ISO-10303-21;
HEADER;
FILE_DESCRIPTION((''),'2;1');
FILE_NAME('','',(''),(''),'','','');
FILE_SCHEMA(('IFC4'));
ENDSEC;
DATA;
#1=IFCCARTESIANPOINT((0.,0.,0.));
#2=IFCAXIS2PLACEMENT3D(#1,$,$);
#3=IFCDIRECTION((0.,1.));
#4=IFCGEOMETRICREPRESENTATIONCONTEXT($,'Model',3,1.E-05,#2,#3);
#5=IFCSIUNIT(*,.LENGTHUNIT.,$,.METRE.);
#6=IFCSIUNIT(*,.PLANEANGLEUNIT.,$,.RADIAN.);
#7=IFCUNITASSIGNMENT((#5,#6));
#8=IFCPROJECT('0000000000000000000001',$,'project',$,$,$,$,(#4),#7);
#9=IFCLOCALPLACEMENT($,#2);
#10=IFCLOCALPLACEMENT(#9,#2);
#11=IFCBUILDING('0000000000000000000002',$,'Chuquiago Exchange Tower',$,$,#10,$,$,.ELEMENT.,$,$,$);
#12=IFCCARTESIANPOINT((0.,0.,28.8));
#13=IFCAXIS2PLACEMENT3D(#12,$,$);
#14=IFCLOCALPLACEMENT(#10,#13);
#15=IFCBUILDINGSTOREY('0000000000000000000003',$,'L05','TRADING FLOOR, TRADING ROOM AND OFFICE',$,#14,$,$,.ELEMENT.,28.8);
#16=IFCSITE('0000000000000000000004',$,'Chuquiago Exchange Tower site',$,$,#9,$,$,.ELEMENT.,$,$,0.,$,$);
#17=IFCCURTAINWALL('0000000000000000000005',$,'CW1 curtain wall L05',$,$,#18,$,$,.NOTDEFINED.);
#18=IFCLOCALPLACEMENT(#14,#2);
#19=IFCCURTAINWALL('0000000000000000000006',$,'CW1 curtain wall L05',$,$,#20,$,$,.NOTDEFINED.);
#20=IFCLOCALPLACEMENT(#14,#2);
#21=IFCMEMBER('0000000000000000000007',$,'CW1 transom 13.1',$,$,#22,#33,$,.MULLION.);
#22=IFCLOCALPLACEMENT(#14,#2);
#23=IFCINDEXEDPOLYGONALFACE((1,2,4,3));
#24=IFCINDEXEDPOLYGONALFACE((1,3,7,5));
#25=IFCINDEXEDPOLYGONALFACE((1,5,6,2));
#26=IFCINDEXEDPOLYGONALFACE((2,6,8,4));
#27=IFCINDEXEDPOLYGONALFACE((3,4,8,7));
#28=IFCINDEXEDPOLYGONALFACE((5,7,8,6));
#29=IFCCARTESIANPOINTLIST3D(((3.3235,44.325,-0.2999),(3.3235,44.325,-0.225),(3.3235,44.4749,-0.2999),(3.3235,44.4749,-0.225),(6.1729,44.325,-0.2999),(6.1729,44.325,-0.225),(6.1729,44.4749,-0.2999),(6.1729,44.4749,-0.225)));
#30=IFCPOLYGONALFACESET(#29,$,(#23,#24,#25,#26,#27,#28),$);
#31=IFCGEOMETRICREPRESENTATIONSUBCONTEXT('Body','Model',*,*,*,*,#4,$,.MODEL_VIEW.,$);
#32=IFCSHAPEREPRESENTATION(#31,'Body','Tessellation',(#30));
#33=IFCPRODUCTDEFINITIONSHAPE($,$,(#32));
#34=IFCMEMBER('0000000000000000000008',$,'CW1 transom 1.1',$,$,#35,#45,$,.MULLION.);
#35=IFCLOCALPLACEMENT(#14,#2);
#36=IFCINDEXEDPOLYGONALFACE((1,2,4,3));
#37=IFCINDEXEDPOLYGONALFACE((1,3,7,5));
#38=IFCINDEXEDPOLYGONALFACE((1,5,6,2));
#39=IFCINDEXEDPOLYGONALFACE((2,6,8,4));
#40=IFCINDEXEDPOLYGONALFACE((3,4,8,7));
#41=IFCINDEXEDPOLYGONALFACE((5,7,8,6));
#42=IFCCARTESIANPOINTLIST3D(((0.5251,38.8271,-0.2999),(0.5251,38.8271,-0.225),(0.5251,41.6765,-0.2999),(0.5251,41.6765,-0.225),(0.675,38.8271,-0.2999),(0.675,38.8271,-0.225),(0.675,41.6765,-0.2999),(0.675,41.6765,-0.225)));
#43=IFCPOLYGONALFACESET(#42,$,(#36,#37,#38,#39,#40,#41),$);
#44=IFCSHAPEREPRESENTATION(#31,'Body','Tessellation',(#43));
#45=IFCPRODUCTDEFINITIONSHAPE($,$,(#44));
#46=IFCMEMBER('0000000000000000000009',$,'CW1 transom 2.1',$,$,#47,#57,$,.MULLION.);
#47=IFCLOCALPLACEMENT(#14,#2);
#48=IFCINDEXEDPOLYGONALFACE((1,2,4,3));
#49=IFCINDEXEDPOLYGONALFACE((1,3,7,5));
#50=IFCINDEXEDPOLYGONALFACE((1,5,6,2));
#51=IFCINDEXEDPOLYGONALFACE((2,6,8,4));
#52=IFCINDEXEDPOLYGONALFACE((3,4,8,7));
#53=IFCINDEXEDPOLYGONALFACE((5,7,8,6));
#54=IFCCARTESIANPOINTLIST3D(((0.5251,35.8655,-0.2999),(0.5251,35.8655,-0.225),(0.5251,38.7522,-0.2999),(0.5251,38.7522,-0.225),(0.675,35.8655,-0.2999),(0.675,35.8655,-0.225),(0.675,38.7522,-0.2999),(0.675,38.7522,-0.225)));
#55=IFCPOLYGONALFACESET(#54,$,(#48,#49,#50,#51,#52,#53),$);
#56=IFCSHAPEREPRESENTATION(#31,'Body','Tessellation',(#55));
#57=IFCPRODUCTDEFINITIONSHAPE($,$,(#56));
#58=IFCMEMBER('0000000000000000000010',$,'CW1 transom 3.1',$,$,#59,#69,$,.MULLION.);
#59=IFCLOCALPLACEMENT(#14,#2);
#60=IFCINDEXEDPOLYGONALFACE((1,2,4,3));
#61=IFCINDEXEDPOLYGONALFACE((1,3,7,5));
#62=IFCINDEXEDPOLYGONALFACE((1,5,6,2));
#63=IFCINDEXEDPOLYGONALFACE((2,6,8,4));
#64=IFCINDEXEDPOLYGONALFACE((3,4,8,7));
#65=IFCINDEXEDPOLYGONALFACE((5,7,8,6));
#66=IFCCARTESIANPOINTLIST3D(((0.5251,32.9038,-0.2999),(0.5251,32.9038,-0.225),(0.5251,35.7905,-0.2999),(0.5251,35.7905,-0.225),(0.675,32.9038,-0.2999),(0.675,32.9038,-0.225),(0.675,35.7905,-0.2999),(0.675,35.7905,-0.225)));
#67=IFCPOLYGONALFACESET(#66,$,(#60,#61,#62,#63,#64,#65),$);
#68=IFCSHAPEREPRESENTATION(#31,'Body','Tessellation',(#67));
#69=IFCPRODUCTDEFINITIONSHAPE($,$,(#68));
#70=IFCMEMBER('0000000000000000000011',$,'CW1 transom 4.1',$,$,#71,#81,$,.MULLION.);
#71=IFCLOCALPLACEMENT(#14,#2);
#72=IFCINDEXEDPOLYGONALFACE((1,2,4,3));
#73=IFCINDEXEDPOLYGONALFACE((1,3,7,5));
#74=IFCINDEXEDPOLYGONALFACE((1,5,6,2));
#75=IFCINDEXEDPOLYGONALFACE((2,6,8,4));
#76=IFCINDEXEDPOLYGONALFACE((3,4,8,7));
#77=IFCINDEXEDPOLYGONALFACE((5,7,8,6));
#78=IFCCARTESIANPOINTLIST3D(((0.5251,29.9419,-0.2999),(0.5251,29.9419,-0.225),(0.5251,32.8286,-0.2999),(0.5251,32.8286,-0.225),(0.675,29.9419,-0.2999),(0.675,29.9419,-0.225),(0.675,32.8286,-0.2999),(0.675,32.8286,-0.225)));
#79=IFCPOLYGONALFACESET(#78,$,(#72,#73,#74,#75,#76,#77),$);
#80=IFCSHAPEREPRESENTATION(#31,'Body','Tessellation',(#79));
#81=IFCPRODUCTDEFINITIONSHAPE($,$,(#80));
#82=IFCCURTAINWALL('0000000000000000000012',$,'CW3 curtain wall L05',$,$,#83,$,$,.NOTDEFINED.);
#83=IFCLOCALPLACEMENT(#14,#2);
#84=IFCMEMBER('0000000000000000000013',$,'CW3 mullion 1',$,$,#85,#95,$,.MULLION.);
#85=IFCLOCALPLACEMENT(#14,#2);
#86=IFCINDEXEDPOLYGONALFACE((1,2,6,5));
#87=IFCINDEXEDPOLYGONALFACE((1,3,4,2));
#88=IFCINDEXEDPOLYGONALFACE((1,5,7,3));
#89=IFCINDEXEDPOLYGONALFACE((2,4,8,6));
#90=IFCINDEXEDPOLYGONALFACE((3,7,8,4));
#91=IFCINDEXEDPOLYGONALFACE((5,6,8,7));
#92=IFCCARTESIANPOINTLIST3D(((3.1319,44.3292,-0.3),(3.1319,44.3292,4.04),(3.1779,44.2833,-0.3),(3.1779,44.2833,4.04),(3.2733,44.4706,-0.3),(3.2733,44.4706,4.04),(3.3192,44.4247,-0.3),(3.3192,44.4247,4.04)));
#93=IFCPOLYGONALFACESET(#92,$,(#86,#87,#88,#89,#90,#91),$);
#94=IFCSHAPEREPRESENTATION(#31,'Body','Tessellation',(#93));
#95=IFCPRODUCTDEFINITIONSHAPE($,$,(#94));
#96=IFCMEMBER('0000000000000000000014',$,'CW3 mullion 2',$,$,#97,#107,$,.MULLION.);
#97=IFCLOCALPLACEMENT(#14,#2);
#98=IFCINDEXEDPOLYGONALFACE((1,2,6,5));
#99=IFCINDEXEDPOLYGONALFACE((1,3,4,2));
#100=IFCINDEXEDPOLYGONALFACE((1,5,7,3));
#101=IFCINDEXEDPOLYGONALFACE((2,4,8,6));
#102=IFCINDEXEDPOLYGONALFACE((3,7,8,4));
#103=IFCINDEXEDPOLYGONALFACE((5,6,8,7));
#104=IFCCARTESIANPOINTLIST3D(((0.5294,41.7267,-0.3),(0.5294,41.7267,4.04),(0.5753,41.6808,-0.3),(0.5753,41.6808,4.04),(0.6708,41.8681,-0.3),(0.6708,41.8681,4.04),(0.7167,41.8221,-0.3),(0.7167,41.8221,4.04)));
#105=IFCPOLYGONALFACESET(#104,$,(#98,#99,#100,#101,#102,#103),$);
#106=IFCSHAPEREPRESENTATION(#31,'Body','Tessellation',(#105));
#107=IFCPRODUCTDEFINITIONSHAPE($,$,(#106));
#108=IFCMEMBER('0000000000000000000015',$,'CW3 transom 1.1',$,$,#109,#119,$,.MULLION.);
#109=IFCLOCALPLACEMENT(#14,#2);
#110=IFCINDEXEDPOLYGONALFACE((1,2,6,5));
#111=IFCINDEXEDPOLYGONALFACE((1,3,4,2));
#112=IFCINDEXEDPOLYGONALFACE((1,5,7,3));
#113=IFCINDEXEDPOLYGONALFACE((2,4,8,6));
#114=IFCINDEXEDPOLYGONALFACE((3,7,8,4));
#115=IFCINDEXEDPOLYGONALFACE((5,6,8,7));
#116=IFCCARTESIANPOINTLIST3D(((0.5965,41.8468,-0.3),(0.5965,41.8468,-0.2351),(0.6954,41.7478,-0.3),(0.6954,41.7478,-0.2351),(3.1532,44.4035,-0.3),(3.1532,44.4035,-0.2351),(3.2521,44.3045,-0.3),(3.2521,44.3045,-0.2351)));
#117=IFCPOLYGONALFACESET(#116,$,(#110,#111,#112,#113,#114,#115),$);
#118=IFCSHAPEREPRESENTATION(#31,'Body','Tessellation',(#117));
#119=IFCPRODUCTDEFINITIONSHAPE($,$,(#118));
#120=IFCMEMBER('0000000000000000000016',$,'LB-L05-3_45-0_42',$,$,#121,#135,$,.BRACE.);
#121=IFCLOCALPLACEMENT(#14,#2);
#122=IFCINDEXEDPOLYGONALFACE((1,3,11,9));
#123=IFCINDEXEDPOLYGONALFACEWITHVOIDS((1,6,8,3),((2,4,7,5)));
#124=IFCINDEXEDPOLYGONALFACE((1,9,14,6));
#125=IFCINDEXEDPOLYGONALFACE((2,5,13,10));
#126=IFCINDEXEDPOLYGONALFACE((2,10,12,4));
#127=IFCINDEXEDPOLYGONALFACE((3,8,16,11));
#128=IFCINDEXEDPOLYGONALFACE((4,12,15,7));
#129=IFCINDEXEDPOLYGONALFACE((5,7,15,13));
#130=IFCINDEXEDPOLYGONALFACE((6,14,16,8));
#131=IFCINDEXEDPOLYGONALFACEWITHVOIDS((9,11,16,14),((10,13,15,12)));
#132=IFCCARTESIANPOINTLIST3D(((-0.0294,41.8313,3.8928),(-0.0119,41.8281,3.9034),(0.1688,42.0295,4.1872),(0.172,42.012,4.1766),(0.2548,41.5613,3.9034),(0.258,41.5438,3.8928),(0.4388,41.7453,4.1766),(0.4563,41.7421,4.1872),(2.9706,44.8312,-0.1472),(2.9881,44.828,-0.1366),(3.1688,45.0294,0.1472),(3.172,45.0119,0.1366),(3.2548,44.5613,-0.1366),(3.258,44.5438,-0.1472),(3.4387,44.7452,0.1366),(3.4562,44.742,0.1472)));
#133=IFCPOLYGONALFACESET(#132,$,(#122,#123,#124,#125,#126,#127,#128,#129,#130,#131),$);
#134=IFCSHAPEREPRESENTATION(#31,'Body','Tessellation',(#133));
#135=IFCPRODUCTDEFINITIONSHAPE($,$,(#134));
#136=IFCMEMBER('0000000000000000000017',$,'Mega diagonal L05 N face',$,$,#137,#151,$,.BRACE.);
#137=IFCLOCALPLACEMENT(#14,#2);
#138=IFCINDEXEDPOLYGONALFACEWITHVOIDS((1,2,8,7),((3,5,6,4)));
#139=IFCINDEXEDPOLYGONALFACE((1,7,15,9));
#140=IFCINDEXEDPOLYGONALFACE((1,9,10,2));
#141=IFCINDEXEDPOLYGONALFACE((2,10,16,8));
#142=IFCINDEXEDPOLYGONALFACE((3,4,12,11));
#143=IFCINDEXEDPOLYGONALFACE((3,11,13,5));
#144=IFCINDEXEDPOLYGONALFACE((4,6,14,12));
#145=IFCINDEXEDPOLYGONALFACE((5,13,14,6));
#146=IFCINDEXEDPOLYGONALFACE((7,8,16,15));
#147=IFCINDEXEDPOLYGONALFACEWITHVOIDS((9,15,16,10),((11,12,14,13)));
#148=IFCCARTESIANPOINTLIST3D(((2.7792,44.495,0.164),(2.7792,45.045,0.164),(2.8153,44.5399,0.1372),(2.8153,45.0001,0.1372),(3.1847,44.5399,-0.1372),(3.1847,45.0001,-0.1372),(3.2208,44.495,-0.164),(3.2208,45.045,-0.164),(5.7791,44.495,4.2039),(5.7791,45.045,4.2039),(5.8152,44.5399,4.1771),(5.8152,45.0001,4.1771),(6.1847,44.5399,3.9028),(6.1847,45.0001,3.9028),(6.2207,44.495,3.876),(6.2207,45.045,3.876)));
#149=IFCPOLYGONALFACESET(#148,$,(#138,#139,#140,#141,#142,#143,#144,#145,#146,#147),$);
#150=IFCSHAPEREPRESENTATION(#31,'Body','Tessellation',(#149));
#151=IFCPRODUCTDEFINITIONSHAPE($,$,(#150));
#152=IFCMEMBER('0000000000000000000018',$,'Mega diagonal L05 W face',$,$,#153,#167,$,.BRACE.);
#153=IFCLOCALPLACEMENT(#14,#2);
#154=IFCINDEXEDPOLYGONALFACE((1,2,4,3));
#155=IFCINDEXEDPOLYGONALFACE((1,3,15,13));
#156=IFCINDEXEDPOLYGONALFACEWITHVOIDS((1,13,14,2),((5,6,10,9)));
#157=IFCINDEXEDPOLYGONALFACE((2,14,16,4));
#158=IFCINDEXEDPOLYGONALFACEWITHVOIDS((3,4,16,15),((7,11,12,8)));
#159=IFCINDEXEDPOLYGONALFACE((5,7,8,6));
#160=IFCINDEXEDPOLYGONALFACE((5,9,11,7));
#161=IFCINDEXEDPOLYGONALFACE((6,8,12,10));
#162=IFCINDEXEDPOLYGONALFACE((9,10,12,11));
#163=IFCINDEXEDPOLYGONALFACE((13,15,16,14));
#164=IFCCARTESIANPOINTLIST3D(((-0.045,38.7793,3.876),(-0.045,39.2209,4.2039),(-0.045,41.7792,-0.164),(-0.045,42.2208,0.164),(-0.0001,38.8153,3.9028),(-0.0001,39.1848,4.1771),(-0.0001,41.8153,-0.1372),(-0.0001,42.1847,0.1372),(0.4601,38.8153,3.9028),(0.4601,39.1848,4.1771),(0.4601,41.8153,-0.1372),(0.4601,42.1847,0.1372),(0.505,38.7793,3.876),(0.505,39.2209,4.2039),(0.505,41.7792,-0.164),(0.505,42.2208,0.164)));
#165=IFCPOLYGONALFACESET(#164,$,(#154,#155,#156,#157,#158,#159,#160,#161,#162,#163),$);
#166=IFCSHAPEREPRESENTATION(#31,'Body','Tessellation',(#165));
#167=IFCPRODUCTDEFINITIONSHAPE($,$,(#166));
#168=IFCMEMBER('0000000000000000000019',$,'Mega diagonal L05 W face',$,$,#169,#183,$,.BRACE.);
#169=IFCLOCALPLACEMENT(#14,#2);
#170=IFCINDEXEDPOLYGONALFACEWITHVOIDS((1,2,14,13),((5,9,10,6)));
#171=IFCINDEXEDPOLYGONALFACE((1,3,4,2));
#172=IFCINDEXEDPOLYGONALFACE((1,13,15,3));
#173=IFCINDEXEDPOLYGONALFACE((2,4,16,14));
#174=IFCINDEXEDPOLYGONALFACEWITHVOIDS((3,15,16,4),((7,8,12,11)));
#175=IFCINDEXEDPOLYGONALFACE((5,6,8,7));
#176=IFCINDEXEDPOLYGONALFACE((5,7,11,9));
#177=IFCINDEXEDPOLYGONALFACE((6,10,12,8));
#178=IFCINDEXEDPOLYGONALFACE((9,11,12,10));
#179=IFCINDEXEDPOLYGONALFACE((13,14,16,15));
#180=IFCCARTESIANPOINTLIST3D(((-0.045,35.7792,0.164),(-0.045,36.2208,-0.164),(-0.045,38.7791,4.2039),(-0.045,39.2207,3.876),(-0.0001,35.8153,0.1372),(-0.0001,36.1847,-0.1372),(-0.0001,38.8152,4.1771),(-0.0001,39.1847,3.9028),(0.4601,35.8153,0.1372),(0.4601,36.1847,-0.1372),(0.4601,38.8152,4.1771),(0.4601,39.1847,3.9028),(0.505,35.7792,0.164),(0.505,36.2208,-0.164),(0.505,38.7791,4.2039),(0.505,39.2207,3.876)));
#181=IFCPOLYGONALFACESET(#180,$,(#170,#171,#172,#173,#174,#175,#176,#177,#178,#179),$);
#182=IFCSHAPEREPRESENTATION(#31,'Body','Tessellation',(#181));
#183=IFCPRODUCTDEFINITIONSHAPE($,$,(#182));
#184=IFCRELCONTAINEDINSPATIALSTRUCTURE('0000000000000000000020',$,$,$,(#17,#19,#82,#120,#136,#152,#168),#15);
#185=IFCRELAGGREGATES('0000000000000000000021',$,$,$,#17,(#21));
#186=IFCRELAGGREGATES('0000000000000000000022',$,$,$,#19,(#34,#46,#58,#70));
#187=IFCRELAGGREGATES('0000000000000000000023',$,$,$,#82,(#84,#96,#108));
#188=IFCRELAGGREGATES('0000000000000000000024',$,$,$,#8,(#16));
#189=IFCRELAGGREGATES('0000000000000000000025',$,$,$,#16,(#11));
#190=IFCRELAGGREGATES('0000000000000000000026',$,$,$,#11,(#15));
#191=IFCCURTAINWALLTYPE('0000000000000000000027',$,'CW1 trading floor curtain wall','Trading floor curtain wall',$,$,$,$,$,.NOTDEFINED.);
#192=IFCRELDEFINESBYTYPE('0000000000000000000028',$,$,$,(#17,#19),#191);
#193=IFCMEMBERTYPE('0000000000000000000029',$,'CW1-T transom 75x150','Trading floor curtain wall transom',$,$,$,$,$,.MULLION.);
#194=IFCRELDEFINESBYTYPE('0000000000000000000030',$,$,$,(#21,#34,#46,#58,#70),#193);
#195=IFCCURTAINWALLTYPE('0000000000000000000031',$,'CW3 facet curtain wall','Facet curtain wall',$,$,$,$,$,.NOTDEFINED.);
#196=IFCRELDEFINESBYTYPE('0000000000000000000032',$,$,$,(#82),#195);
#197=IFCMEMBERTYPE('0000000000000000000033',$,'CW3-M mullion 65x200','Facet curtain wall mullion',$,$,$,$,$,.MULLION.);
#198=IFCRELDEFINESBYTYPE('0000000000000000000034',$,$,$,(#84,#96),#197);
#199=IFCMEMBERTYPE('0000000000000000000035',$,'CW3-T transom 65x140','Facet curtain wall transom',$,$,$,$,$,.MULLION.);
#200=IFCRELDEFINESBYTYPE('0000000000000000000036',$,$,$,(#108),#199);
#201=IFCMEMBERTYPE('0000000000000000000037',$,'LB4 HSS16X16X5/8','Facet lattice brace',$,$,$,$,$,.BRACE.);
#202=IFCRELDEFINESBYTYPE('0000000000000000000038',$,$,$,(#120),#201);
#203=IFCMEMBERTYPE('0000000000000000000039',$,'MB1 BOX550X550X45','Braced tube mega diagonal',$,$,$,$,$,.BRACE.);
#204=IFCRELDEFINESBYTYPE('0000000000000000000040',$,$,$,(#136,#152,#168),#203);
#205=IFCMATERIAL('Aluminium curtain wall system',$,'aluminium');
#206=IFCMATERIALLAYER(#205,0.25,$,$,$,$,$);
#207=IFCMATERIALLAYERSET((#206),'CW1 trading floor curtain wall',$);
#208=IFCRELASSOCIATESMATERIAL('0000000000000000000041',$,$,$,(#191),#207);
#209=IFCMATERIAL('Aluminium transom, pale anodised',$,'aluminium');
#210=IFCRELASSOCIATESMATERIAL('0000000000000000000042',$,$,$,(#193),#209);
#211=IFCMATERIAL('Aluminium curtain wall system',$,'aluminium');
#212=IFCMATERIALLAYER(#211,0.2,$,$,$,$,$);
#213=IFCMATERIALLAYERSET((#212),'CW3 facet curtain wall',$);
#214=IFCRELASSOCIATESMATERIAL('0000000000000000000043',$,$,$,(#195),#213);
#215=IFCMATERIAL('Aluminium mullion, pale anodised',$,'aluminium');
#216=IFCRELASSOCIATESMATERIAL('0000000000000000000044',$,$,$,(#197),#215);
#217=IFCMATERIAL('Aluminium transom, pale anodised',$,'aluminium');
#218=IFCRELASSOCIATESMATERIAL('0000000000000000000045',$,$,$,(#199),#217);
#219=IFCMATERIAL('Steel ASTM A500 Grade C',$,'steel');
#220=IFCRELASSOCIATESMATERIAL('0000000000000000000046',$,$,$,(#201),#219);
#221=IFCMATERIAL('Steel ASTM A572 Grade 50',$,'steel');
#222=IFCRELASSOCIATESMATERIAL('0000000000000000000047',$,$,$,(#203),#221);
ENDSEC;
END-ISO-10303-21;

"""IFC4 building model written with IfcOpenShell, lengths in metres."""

from ifc_helpers import new_model, si_unit, direction, frame, origin, origin_2d, place, context, subcontext, project, spatial, rectangle, hollow_rectangle, extrude, material, layer, layer_set, material_profile, profile_set, type_object, element, aggregate, save


model = new_model("IFC4")

# Units and contexts
model_context = context("Model", 3, precision=1e-05, world=origin(), true_north=direction((0.0, 1.0)))
body_context = subcontext(model_context, "Body", "Model", "MODEL_VIEW")
ifc_project = project(units=[si_unit("LENGTHUNIT", "METRE"), si_unit("PLANEANGLEUNIT", "RADIAN")], contexts=[model_context])

# Site, building, storey
site_placement = place(None, origin())
site = spatial("IfcSite", under=ifc_project, at=site_placement, Name="Chuquiago Exchange Tower site", CompositionType="ELEMENT", RefElevation=0.0)
building_placement = place(site_placement, origin())
building = spatial("IfcBuilding", under=site, at=building_placement, Name="Chuquiago Exchange Tower", CompositionType="ELEMENT")
storey_placement = place(building_placement, frame((0.0, 0.0, 28.8)))
storey = spatial("IfcBuildingStorey", under=building, at=storey_placement, Name="L05", Description="TRADING FLOOR, TRADING ROOM AND OFFICE", CompositionType="ELEMENT", Elevation=28.8)

# Curtain walls
ifc_material_1 = material(Name="Aluminium curtain wall system", Category="aluminium")
ifc_layer_1 = layer(ifc_material_1, 0.25)
ifc_layer_set_1 = layer_set([ifc_layer_1], Name="CW1 trading floor curtain wall")
curtain_wall_type_1 = type_object("IfcCurtainWallType", Name="CW1 trading floor curtain wall", Description="Trading floor curtain wall", PredefinedType="NOTDEFINED", material=ifc_layer_set_1)
curtain_wall_1_placement = place(storey_placement, origin())
curtain_wall_1 = element("IfcCurtainWall", 1, at=curtain_wall_1_placement, inside=storey, type_object=curtain_wall_type_1, Name="CW1 curtain wall L05", PredefinedType="NOTDEFINED")
curtain_wall_2_placement = place(storey_placement, origin())
curtain_wall_2 = element("IfcCurtainWall", 2, at=curtain_wall_2_placement, inside=storey, type_object=curtain_wall_type_1, Name="CW1 curtain wall L05", PredefinedType="NOTDEFINED")

# Members
ifc_material_2 = material(Name="Aluminium transom, pale anodised", Category="aluminium")
ifc_material_profile_1 = material_profile(ifc_material_2, rectangle(XDim=0.1499, YDim=0.075, at=origin_2d()), Name="AL 150x75")
ifc_profile_set_1 = profile_set([ifc_material_profile_1], Name="Aluminium transom, pale anodised")
member_type_1 = type_object("IfcMemberType", Name="CW1-T transom 75x150", Description="Trading floor curtain wall transom", PredefinedType="MULLION", material=ifc_profile_set_1)
member_1_placement = place(storey_placement, frame((6.1729, 44.3999, -0.2625), z_axis=(-1.0, 0.0, 0.0), x_axis=(0.0, -1.0, 0.0)))
member_1 = element("IfcMember", 3, at=member_1_placement, type_object=member_type_1, Name="CW1 transom 13.1", PredefinedType="MULLION", context=body_context, shape_type="SweptSolid", body=[
    extrude(rectangle(XDim=0.1499, YDim=0.075, at=origin_2d()), origin(), (0.0, 0.0, 1.0), 2.8494),
])
member_2_placement = place(storey_placement, frame((0.6001, 41.6765, -0.2625), z_axis=(0.0, -1.0, 0.0), x_axis=(1.0, 0.0, 0.0)))
member_2 = element("IfcMember", 4, at=member_2_placement, type_object=member_type_1, Name="CW1 transom 1.1", PredefinedType="MULLION", context=body_context, shape_type="SweptSolid", body=[
    extrude(rectangle(XDim=0.1499, YDim=0.075, at=origin_2d()), origin(), (0.0, 0.0, 1.0), 2.8494),
])
member_3_placement = place(storey_placement, frame((0.6001, 38.7522, -0.2625), z_axis=(0.0, -1.0, 0.0), x_axis=(1.0, 0.0, 0.0)))
member_3 = element("IfcMember", 5, at=member_3_placement, type_object=member_type_1, Name="CW1 transom 2.1", PredefinedType="MULLION", context=body_context, shape_type="SweptSolid", body=[
    extrude(rectangle(XDim=0.1499, YDim=0.075, at=origin_2d()), origin(), (0.0, 0.0, 1.0), 2.8867),
])
member_4_placement = place(storey_placement, frame((0.6001, 35.7905, -0.2625), z_axis=(0.0, -1.0, 0.0), x_axis=(1.0, 0.0, 0.0)))
member_4 = element("IfcMember", 6, at=member_4_placement, type_object=member_type_1, Name="CW1 transom 3.1", PredefinedType="MULLION", context=body_context, shape_type="SweptSolid", body=[
    extrude(rectangle(XDim=0.1499, YDim=0.075, at=origin_2d()), origin(), (0.0, 0.0, 1.0), 2.8867),
])
member_5_placement = place(storey_placement, frame((0.6001, 32.8286, -0.2625), z_axis=(0.0, -1.0, 0.0), x_axis=(1.0, 0.0, 0.0)))
member_5 = element("IfcMember", 7, at=member_5_placement, type_object=member_type_1, Name="CW1 transom 4.1", PredefinedType="MULLION", context=body_context, shape_type="SweptSolid", body=[
    extrude(rectangle(XDim=0.1499, YDim=0.075, at=origin_2d()), origin(), (0.0, 0.0, 1.0), 2.8867),
])

# Curtain wall, members
ifc_material_3 = material(Name="Aluminium curtain wall system", Category="aluminium")
ifc_layer_2 = layer(ifc_material_3, 0.2)
ifc_layer_set_2 = layer_set([ifc_layer_2], Name="CW3 facet curtain wall")
curtain_wall_type_2 = type_object("IfcCurtainWallType", Name="CW3 facet curtain wall", Description="Facet curtain wall", PredefinedType="NOTDEFINED", material=ifc_layer_set_2)
curtain_wall_3_placement = place(storey_placement, origin())
curtain_wall_3 = element("IfcCurtainWall", 8, at=curtain_wall_3_placement, inside=storey, type_object=curtain_wall_type_2, Name="CW3 curtain wall L05", PredefinedType="NOTDEFINED")
ifc_material_4 = material(Name="Aluminium mullion, pale anodised", Category="aluminium")
ifc_material_profile_2 = material_profile(ifc_material_4, rectangle(XDim=0.0649, YDim=0.2, at=origin_2d()), Name="AL 65x200")
ifc_profile_set_2 = profile_set([ifc_material_profile_2], Name="Aluminium mullion, pale anodised")
member_type_2 = type_object("IfcMemberType", Name="CW3-M mullion 65x200", Description="Facet curtain wall mullion", PredefinedType="MULLION", material=ifc_profile_set_2)
member_6_placement = place(storey_placement, frame((3.2256, 44.377, -0.3), z_axis=(0.0, 0.0, 1.0), x_axis=(0.707107, -0.707107, 0.0)))
member_6 = element("IfcMember", 9, at=member_6_placement, type_object=member_type_2, Name="CW3 mullion 1", PredefinedType="MULLION", context=body_context, shape_type="SweptSolid", body=[
    extrude(rectangle(XDim=0.0649, YDim=0.2, at=origin_2d()), origin(), (0.0, 0.0, 1.0), 4.3401),
])
member_7_placement = place(storey_placement, frame((0.623, 41.7744, -0.3), z_axis=(0.0, 0.0, 1.0), x_axis=(0.707107, -0.707107, 0.0)))
member_7 = element("IfcMember", 10, at=member_7_placement, type_object=member_type_2, Name="CW3 mullion 2", PredefinedType="MULLION", context=body_context, shape_type="SweptSolid", body=[
    extrude(rectangle(XDim=0.0649, YDim=0.2, at=origin_2d()), origin(), (0.0, 0.0, 1.0), 4.3401),
])
ifc_material_5 = material(Name="Aluminium transom, pale anodised", Category="aluminium")
ifc_material_profile_3 = material_profile(ifc_material_5, rectangle(XDim=0.1399, YDim=0.0649, at=origin_2d()), Name="AL 140x65")
ifc_profile_set_3 = profile_set([ifc_material_profile_3], Name="Aluminium transom, pale anodised")
member_type_3 = type_object("IfcMemberType", Name="CW3-T transom 65x140", Description="Facet curtain wall transom", PredefinedType="MULLION", material=ifc_profile_set_3)
member_8_placement = place(storey_placement, frame((3.2026, 44.354, -0.2676), z_axis=(-0.707107, -0.707107, 0.0), x_axis=(0.707107, -0.707107, 0.0)))
member_8 = element("IfcMember", 11, at=member_8_placement, type_object=member_type_3, Name="CW3 transom 1.1", PredefinedType="MULLION", context=body_context, shape_type="SweptSolid", body=[
    extrude(rectangle(XDim=0.1399, YDim=0.0649, at=origin_2d()), origin(), (0.0, 0.0, 1.0), 3.6157),
])

# Members
ifc_material_6 = material(Name="Steel ASTM A500 Grade C", Category="steel")
ifc_material_profile_4 = material_profile(ifc_material_6, hollow_rectangle(XDim=0.4065, YDim=0.4065, WallThickness=0.0146, at=origin_2d()), Name="HSS16X16X5/8")
ifc_profile_set_4 = profile_set([ifc_material_profile_4], Name="Steel ASTM A500 Grade C")
member_type_4 = type_object("IfcMemberType", Name="LB4 HSS16X16X5/8", Description="Facet lattice brace", PredefinedType="BRACE", material=ifc_profile_set_4)
member_9_placement = place(storey_placement, frame((3.2134, 44.7866, 0.0), z_axis=(-0.512077, -0.512077, 0.689604), x_axis=(0.707107, -0.707107, 0.0)))
element("IfcMember", 12, at=member_9_placement, inside=storey, type_object=member_type_4, Name="LB-L05-3_45-0_42", PredefinedType="BRACE", context=body_context, shape_type="SweptSolid", body=[
    extrude(hollow_rectangle(XDim=0.4065, YDim=0.4065, WallThickness=0.0146, at=origin_2d()), origin(), (0.0, 0.0, 1.0), 5.8584),
])
ifc_material_7 = material(Name="Steel ASTM A572 Grade 50", Category="steel")
ifc_material_profile_5 = material_profile(ifc_material_7, hollow_rectangle(XDim=0.55, YDim=0.55, WallThickness=0.0449, at=origin_2d()), Name="BOX550X550X45")
ifc_profile_set_5 = profile_set([ifc_material_profile_5], Name="Steel ASTM A572 Grade 50")
member_type_5 = type_object("IfcMemberType", Name="MB1 BOX550X550X45", Description="Braced tube mega diagonal", PredefinedType="BRACE", material=ifc_profile_set_5)
for number, where, z_axis, x_axis, name in (
    (13, (3.0, 44.77, 0.0), (0.596174, 0.0, 0.802855), (0.0, 1.0, 0.0), "Mega diagonal L05 N face"),
    (14, (0.23, 42.0, 0.0), (0.0, -0.596174, 0.802855), (1.0, 0.0, 0.0), "Mega diagonal L05 W face"),
    (15, (0.23, 36.0, 0.0), (0.0, 0.596174, 0.802855), (-1.0, 0.0, 0.0), "Mega diagonal L05 W face"),
):
    element("IfcMember", number, at=place(storey_placement, frame(where, z_axis=z_axis, x_axis=x_axis)), inside=storey, type_object=member_type_5, Name=name, PredefinedType="BRACE", context=body_context, shape_type="SweptSolid", body=[
        extrude(hollow_rectangle(XDim=0.55, YDim=0.55, WallThickness=0.0449, at=origin_2d()), origin(), (0.0, 0.0, 1.0), 5.032),
    ])

aggregate(curtain_wall_1, [member_1])
aggregate(curtain_wall_2, [member_2, member_3, member_4, member_5])
aggregate(curtain_wall_3, [member_6, member_7, member_8])

save(model, "model.ifc")
